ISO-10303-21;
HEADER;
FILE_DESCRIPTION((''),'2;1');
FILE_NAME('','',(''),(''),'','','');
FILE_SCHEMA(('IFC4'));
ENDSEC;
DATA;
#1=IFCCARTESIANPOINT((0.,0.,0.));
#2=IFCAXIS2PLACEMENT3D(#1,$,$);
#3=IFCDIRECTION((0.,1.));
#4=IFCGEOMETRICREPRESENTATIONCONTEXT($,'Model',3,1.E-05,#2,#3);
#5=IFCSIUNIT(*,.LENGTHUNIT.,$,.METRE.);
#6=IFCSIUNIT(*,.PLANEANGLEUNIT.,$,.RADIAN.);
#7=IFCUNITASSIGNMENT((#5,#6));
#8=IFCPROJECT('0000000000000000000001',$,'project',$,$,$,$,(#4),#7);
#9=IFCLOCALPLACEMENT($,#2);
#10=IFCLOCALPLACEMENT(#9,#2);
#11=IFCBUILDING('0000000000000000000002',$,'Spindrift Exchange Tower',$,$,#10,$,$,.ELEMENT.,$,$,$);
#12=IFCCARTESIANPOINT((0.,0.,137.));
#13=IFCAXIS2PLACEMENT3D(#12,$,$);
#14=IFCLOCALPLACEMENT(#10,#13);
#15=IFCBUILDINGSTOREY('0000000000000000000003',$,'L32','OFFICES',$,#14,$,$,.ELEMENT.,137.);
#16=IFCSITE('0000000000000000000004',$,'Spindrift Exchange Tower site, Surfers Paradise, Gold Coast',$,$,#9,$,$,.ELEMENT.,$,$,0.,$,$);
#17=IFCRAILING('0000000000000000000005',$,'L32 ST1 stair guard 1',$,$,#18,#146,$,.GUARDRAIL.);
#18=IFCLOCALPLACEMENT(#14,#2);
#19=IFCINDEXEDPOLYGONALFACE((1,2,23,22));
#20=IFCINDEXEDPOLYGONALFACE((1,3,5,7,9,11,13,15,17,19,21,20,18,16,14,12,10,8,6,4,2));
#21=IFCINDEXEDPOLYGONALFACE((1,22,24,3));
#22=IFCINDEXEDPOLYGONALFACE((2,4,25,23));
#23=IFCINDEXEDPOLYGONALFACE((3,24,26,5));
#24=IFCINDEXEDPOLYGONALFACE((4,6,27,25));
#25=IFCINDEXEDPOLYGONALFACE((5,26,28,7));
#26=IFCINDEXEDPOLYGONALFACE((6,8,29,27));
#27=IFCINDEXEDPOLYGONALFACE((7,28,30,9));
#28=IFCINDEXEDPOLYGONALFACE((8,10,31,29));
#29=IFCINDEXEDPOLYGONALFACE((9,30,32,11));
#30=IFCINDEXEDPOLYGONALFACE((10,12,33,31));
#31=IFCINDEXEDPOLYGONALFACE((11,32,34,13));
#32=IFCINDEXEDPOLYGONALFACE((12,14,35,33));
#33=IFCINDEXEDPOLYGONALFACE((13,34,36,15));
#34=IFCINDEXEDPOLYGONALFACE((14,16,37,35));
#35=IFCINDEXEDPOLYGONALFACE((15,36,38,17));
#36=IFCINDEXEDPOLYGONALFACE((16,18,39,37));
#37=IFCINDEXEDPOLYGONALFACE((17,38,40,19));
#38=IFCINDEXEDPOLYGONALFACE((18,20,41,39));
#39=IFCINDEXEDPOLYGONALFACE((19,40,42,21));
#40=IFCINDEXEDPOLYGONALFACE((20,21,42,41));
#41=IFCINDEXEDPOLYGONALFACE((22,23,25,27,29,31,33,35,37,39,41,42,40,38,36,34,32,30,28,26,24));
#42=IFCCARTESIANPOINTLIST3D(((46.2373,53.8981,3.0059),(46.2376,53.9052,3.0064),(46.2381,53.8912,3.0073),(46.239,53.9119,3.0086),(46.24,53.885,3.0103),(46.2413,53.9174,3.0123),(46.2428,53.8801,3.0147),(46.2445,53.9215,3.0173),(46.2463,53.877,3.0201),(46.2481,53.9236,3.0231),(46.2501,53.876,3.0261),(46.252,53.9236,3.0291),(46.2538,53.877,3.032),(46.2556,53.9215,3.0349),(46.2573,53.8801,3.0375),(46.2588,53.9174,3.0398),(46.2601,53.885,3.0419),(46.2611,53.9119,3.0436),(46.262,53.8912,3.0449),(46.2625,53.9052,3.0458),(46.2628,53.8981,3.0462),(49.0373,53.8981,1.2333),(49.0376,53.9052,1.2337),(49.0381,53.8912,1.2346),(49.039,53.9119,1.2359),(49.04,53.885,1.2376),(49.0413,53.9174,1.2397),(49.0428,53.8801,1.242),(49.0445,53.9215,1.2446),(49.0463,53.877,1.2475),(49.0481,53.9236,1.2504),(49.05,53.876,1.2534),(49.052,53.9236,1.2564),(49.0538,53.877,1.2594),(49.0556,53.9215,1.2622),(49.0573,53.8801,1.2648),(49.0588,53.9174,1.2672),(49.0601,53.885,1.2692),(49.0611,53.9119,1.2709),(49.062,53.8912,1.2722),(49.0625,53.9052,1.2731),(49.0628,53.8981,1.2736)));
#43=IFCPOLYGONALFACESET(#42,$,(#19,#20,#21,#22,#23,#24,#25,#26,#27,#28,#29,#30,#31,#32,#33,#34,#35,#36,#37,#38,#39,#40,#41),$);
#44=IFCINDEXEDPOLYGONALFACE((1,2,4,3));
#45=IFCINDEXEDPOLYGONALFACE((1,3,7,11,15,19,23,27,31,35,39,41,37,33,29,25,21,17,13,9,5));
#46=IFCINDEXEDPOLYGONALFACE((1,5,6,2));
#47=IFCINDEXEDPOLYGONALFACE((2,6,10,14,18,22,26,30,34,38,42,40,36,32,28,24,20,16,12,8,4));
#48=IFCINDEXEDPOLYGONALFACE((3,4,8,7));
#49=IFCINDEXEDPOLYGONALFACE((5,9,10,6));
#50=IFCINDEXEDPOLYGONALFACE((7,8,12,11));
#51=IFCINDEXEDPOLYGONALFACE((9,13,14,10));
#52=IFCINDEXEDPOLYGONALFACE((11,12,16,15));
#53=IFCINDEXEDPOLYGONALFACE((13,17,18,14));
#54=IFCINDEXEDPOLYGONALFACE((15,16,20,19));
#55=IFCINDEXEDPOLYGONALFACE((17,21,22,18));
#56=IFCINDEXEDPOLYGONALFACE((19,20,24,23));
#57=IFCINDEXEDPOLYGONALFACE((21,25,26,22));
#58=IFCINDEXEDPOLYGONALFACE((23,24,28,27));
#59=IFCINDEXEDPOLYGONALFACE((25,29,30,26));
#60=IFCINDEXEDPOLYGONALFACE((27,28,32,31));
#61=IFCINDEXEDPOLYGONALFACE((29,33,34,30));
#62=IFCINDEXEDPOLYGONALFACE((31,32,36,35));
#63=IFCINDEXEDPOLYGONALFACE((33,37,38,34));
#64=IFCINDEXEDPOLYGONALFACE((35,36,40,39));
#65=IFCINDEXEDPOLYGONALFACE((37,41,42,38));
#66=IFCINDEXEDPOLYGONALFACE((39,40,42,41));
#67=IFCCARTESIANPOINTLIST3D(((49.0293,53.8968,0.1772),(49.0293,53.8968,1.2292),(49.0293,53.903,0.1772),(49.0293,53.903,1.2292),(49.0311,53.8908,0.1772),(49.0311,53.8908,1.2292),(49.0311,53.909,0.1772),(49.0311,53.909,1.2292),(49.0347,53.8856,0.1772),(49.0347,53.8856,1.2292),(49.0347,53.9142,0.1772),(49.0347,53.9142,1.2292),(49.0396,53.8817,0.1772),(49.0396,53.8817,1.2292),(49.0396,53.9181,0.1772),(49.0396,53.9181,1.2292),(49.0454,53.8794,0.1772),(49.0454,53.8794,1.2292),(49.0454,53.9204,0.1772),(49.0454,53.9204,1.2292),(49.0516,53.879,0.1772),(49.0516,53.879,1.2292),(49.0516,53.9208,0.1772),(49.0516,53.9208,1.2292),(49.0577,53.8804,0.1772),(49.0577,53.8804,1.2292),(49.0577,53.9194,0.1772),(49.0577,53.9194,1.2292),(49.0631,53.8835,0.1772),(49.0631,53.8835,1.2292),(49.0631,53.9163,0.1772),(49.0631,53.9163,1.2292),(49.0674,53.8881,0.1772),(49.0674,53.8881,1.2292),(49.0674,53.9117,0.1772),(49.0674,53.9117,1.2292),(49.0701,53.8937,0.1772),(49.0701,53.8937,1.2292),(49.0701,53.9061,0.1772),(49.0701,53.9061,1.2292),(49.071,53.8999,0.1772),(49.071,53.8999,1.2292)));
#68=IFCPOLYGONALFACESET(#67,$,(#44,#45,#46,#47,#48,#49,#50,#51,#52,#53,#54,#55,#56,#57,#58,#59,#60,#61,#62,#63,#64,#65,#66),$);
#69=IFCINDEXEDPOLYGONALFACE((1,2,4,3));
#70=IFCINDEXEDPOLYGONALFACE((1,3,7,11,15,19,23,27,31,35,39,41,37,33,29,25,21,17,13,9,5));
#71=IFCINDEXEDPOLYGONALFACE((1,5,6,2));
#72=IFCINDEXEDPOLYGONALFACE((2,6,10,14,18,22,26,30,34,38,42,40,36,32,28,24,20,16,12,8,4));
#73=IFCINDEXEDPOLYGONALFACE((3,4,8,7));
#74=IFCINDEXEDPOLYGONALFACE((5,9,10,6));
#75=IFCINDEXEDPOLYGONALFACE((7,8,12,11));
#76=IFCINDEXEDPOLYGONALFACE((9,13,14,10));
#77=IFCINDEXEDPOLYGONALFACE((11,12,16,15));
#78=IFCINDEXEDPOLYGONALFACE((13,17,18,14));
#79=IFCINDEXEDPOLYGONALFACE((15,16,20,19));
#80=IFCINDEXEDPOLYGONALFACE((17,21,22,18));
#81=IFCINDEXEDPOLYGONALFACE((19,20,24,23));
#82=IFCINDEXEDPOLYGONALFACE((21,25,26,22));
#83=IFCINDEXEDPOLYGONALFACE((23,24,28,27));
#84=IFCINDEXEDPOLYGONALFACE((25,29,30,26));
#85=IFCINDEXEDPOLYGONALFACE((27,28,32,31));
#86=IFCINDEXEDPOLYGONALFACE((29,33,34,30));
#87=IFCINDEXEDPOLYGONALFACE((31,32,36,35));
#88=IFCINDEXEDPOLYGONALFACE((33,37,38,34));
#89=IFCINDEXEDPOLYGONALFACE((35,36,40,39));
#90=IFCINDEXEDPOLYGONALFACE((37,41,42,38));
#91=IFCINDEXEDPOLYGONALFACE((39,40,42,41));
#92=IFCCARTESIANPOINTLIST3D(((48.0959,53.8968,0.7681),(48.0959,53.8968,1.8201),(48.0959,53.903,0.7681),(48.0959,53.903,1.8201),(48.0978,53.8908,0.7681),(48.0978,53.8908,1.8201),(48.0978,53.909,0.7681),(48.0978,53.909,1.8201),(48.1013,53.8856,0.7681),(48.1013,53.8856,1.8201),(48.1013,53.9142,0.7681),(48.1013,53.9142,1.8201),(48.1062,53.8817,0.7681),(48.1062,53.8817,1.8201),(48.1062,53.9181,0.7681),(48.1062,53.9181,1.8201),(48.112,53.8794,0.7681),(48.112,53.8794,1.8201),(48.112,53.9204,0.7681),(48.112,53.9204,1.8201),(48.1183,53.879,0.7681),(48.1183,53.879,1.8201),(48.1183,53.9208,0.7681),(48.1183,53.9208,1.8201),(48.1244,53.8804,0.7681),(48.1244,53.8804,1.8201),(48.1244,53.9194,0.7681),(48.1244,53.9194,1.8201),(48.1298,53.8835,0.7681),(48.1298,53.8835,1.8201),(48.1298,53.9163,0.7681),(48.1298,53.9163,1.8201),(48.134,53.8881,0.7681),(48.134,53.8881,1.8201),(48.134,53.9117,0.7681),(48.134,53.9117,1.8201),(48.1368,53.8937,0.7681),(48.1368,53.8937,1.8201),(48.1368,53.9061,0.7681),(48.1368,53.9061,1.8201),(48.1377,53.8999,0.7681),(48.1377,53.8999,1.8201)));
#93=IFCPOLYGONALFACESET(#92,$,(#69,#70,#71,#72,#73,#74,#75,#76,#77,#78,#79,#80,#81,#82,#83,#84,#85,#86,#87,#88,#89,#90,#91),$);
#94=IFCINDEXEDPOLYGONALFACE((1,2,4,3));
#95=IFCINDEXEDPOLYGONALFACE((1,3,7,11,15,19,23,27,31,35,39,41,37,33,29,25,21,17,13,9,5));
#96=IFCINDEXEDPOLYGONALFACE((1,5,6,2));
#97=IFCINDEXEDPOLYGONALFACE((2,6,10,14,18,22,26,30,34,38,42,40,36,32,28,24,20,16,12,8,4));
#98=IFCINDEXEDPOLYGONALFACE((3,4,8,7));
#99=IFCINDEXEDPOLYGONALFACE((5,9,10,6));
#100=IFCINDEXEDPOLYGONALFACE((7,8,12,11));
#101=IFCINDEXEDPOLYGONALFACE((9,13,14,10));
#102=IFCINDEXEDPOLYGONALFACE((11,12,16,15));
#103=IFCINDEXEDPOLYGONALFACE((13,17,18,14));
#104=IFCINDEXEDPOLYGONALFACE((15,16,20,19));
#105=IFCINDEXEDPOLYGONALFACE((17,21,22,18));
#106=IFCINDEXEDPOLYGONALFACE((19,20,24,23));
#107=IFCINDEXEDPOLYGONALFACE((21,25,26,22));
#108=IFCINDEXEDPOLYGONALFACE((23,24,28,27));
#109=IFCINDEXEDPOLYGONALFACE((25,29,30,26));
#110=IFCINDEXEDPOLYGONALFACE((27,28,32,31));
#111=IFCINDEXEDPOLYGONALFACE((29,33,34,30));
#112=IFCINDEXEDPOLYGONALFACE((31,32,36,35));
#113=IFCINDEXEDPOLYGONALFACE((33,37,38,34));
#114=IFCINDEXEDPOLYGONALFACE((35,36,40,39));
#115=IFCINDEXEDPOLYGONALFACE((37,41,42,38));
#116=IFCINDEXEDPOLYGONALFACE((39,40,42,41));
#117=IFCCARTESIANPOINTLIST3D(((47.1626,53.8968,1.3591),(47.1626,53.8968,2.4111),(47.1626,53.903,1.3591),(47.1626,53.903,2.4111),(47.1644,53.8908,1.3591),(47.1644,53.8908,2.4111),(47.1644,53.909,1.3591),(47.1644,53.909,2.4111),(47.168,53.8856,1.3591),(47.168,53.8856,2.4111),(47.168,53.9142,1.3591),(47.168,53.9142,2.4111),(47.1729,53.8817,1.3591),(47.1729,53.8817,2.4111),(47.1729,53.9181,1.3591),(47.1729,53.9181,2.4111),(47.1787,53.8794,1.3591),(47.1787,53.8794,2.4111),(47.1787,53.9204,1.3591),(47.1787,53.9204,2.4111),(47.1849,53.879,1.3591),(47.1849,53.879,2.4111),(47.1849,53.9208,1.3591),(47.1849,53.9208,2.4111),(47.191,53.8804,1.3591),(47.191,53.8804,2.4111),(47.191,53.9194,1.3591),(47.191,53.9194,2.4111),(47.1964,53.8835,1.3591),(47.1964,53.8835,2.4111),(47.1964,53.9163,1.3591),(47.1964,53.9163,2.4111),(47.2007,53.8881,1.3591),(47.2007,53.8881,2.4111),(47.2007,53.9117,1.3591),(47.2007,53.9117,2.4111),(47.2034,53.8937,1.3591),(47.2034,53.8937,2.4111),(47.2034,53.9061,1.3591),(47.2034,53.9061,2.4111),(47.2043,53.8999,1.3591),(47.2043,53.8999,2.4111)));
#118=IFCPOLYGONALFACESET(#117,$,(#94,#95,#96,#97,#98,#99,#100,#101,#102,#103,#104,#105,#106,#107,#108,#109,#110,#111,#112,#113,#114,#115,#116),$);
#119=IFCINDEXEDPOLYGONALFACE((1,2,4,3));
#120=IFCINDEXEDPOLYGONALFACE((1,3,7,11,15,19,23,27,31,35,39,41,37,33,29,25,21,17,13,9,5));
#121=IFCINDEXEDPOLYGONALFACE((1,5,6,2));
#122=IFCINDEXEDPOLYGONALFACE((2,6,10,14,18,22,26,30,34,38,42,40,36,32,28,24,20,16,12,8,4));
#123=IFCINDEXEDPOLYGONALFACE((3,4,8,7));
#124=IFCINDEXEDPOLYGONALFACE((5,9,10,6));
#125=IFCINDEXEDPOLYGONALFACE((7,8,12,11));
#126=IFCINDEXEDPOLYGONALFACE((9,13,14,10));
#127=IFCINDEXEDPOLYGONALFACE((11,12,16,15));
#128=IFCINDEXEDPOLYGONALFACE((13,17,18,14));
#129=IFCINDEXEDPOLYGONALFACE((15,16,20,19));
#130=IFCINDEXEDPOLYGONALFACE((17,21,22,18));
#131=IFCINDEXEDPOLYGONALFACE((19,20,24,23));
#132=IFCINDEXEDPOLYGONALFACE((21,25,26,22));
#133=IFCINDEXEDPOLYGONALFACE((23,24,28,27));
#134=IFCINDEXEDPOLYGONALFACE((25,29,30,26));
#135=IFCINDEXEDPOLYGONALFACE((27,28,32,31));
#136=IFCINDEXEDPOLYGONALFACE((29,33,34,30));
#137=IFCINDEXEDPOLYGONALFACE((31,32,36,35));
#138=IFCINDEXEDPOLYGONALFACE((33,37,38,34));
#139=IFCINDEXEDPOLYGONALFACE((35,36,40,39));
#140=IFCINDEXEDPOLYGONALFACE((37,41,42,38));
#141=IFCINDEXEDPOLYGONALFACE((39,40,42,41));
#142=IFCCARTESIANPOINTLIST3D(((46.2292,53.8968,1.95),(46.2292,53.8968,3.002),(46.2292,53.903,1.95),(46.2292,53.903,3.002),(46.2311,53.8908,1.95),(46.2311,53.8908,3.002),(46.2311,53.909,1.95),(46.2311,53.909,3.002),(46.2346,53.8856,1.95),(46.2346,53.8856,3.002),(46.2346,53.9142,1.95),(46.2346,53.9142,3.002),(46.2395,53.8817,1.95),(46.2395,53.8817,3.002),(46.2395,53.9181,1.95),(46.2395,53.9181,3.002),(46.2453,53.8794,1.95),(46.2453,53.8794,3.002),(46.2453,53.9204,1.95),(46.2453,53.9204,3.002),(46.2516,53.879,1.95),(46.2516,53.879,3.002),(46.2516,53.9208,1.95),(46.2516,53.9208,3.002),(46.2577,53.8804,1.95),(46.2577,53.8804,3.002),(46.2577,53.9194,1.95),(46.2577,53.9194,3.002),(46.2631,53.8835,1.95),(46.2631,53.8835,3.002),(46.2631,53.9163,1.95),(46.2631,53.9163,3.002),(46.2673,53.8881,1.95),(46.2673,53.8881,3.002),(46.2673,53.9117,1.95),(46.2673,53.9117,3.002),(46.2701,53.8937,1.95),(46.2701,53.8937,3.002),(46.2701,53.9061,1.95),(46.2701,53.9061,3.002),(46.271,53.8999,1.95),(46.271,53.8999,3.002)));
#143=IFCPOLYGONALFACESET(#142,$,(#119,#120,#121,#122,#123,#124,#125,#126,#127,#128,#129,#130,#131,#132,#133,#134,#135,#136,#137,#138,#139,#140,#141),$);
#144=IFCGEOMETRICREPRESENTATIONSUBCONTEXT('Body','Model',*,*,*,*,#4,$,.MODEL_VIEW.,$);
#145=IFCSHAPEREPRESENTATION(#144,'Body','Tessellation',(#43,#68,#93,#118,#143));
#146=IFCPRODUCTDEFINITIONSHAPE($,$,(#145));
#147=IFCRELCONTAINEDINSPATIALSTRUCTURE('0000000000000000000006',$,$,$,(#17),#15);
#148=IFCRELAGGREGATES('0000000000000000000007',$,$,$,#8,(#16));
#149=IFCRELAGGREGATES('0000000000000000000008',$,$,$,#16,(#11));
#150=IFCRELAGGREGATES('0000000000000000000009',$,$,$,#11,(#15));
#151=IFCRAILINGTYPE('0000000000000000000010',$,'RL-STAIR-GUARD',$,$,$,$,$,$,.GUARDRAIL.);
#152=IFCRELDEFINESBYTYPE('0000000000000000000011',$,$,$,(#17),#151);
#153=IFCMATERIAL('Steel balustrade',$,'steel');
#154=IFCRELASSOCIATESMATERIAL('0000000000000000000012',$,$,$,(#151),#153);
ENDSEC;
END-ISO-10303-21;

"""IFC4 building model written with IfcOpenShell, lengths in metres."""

from ifc_helpers import new_model, si_unit, direction, frame, origin, origin_2d, place, context, subcontext, project, spatial, circle, extrude, material, type_object, element, save


model = new_model("IFC4")

# Units and contexts
model_context = context("Model", 3, precision=1e-05, world=origin(), true_north=direction((0.0, 1.0)))
body_context = subcontext(model_context, "Body", "Model", "MODEL_VIEW")
ifc_project = project(units=[si_unit("LENGTHUNIT", "METRE"), si_unit("PLANEANGLEUNIT", "RADIAN")], contexts=[model_context])

# Site, building, storey
site_placement = place(None, origin())
site = spatial("IfcSite", under=ifc_project, at=site_placement, Name="Spindrift Exchange Tower site, Surfers Paradise, Gold Coast", CompositionType="ELEMENT", RefElevation=0.0)
building_placement = place(site_placement, origin())
building = spatial("IfcBuilding", under=site, at=building_placement, Name="Spindrift Exchange Tower", CompositionType="ELEMENT")
storey_placement = place(building_placement, frame((0.0, 0.0, 137.0)))
storey = spatial("IfcBuildingStorey", under=building, at=storey_placement, Name="L32", Description="OFFICES", CompositionType="ELEMENT", Elevation=137.0)

# Railing
ifc_material_1 = material(Name="Steel balustrade", Category="steel")
railing_type_1 = type_object("IfcRailingType", Name="RL-STAIR-GUARD", PredefinedType="GUARDRAIL", material=ifc_material_1)
railing_1_placement = place(storey_placement, frame((49.05, 53.8999, 0.1772)))
element("IfcRailing", 1, at=railing_1_placement, inside=storey, type_object=railing_type_1, Name="L32 ST1 stair guard 1", PredefinedType="GUARDRAIL", context=body_context, shape_type="SweptSolid", body=[
    extrude(circle(Radius=0.0239, at=origin_2d()), frame((0.0, 0.0, 1.0762), z_axis=(-0.844909, 0.0, 0.53491), x_axis=(0.0, -1.0, 0.0)), (0.0, 0.0, 1.0), 3.314),
    extrude(circle(Radius=0.021, at=origin_2d()), origin(), (0.0, 0.0, 1.0), 1.052),
    extrude(circle(Radius=0.021, at=origin_2d()), frame((-0.9333, 0.0, 0.5908)), (0.0, 0.0, 1.0), 1.052),
    extrude(circle(Radius=0.021, at=origin_2d()), frame((-1.8667, 0.0, 1.1819)), (0.0, 0.0, 1.0), 1.052),
    extrude(circle(Radius=0.021, at=origin_2d()), frame((-2.8, 0.0, 1.7727)), (0.0, 0.0, 1.0), 1.052),
])

save(model, "model.ifc")
